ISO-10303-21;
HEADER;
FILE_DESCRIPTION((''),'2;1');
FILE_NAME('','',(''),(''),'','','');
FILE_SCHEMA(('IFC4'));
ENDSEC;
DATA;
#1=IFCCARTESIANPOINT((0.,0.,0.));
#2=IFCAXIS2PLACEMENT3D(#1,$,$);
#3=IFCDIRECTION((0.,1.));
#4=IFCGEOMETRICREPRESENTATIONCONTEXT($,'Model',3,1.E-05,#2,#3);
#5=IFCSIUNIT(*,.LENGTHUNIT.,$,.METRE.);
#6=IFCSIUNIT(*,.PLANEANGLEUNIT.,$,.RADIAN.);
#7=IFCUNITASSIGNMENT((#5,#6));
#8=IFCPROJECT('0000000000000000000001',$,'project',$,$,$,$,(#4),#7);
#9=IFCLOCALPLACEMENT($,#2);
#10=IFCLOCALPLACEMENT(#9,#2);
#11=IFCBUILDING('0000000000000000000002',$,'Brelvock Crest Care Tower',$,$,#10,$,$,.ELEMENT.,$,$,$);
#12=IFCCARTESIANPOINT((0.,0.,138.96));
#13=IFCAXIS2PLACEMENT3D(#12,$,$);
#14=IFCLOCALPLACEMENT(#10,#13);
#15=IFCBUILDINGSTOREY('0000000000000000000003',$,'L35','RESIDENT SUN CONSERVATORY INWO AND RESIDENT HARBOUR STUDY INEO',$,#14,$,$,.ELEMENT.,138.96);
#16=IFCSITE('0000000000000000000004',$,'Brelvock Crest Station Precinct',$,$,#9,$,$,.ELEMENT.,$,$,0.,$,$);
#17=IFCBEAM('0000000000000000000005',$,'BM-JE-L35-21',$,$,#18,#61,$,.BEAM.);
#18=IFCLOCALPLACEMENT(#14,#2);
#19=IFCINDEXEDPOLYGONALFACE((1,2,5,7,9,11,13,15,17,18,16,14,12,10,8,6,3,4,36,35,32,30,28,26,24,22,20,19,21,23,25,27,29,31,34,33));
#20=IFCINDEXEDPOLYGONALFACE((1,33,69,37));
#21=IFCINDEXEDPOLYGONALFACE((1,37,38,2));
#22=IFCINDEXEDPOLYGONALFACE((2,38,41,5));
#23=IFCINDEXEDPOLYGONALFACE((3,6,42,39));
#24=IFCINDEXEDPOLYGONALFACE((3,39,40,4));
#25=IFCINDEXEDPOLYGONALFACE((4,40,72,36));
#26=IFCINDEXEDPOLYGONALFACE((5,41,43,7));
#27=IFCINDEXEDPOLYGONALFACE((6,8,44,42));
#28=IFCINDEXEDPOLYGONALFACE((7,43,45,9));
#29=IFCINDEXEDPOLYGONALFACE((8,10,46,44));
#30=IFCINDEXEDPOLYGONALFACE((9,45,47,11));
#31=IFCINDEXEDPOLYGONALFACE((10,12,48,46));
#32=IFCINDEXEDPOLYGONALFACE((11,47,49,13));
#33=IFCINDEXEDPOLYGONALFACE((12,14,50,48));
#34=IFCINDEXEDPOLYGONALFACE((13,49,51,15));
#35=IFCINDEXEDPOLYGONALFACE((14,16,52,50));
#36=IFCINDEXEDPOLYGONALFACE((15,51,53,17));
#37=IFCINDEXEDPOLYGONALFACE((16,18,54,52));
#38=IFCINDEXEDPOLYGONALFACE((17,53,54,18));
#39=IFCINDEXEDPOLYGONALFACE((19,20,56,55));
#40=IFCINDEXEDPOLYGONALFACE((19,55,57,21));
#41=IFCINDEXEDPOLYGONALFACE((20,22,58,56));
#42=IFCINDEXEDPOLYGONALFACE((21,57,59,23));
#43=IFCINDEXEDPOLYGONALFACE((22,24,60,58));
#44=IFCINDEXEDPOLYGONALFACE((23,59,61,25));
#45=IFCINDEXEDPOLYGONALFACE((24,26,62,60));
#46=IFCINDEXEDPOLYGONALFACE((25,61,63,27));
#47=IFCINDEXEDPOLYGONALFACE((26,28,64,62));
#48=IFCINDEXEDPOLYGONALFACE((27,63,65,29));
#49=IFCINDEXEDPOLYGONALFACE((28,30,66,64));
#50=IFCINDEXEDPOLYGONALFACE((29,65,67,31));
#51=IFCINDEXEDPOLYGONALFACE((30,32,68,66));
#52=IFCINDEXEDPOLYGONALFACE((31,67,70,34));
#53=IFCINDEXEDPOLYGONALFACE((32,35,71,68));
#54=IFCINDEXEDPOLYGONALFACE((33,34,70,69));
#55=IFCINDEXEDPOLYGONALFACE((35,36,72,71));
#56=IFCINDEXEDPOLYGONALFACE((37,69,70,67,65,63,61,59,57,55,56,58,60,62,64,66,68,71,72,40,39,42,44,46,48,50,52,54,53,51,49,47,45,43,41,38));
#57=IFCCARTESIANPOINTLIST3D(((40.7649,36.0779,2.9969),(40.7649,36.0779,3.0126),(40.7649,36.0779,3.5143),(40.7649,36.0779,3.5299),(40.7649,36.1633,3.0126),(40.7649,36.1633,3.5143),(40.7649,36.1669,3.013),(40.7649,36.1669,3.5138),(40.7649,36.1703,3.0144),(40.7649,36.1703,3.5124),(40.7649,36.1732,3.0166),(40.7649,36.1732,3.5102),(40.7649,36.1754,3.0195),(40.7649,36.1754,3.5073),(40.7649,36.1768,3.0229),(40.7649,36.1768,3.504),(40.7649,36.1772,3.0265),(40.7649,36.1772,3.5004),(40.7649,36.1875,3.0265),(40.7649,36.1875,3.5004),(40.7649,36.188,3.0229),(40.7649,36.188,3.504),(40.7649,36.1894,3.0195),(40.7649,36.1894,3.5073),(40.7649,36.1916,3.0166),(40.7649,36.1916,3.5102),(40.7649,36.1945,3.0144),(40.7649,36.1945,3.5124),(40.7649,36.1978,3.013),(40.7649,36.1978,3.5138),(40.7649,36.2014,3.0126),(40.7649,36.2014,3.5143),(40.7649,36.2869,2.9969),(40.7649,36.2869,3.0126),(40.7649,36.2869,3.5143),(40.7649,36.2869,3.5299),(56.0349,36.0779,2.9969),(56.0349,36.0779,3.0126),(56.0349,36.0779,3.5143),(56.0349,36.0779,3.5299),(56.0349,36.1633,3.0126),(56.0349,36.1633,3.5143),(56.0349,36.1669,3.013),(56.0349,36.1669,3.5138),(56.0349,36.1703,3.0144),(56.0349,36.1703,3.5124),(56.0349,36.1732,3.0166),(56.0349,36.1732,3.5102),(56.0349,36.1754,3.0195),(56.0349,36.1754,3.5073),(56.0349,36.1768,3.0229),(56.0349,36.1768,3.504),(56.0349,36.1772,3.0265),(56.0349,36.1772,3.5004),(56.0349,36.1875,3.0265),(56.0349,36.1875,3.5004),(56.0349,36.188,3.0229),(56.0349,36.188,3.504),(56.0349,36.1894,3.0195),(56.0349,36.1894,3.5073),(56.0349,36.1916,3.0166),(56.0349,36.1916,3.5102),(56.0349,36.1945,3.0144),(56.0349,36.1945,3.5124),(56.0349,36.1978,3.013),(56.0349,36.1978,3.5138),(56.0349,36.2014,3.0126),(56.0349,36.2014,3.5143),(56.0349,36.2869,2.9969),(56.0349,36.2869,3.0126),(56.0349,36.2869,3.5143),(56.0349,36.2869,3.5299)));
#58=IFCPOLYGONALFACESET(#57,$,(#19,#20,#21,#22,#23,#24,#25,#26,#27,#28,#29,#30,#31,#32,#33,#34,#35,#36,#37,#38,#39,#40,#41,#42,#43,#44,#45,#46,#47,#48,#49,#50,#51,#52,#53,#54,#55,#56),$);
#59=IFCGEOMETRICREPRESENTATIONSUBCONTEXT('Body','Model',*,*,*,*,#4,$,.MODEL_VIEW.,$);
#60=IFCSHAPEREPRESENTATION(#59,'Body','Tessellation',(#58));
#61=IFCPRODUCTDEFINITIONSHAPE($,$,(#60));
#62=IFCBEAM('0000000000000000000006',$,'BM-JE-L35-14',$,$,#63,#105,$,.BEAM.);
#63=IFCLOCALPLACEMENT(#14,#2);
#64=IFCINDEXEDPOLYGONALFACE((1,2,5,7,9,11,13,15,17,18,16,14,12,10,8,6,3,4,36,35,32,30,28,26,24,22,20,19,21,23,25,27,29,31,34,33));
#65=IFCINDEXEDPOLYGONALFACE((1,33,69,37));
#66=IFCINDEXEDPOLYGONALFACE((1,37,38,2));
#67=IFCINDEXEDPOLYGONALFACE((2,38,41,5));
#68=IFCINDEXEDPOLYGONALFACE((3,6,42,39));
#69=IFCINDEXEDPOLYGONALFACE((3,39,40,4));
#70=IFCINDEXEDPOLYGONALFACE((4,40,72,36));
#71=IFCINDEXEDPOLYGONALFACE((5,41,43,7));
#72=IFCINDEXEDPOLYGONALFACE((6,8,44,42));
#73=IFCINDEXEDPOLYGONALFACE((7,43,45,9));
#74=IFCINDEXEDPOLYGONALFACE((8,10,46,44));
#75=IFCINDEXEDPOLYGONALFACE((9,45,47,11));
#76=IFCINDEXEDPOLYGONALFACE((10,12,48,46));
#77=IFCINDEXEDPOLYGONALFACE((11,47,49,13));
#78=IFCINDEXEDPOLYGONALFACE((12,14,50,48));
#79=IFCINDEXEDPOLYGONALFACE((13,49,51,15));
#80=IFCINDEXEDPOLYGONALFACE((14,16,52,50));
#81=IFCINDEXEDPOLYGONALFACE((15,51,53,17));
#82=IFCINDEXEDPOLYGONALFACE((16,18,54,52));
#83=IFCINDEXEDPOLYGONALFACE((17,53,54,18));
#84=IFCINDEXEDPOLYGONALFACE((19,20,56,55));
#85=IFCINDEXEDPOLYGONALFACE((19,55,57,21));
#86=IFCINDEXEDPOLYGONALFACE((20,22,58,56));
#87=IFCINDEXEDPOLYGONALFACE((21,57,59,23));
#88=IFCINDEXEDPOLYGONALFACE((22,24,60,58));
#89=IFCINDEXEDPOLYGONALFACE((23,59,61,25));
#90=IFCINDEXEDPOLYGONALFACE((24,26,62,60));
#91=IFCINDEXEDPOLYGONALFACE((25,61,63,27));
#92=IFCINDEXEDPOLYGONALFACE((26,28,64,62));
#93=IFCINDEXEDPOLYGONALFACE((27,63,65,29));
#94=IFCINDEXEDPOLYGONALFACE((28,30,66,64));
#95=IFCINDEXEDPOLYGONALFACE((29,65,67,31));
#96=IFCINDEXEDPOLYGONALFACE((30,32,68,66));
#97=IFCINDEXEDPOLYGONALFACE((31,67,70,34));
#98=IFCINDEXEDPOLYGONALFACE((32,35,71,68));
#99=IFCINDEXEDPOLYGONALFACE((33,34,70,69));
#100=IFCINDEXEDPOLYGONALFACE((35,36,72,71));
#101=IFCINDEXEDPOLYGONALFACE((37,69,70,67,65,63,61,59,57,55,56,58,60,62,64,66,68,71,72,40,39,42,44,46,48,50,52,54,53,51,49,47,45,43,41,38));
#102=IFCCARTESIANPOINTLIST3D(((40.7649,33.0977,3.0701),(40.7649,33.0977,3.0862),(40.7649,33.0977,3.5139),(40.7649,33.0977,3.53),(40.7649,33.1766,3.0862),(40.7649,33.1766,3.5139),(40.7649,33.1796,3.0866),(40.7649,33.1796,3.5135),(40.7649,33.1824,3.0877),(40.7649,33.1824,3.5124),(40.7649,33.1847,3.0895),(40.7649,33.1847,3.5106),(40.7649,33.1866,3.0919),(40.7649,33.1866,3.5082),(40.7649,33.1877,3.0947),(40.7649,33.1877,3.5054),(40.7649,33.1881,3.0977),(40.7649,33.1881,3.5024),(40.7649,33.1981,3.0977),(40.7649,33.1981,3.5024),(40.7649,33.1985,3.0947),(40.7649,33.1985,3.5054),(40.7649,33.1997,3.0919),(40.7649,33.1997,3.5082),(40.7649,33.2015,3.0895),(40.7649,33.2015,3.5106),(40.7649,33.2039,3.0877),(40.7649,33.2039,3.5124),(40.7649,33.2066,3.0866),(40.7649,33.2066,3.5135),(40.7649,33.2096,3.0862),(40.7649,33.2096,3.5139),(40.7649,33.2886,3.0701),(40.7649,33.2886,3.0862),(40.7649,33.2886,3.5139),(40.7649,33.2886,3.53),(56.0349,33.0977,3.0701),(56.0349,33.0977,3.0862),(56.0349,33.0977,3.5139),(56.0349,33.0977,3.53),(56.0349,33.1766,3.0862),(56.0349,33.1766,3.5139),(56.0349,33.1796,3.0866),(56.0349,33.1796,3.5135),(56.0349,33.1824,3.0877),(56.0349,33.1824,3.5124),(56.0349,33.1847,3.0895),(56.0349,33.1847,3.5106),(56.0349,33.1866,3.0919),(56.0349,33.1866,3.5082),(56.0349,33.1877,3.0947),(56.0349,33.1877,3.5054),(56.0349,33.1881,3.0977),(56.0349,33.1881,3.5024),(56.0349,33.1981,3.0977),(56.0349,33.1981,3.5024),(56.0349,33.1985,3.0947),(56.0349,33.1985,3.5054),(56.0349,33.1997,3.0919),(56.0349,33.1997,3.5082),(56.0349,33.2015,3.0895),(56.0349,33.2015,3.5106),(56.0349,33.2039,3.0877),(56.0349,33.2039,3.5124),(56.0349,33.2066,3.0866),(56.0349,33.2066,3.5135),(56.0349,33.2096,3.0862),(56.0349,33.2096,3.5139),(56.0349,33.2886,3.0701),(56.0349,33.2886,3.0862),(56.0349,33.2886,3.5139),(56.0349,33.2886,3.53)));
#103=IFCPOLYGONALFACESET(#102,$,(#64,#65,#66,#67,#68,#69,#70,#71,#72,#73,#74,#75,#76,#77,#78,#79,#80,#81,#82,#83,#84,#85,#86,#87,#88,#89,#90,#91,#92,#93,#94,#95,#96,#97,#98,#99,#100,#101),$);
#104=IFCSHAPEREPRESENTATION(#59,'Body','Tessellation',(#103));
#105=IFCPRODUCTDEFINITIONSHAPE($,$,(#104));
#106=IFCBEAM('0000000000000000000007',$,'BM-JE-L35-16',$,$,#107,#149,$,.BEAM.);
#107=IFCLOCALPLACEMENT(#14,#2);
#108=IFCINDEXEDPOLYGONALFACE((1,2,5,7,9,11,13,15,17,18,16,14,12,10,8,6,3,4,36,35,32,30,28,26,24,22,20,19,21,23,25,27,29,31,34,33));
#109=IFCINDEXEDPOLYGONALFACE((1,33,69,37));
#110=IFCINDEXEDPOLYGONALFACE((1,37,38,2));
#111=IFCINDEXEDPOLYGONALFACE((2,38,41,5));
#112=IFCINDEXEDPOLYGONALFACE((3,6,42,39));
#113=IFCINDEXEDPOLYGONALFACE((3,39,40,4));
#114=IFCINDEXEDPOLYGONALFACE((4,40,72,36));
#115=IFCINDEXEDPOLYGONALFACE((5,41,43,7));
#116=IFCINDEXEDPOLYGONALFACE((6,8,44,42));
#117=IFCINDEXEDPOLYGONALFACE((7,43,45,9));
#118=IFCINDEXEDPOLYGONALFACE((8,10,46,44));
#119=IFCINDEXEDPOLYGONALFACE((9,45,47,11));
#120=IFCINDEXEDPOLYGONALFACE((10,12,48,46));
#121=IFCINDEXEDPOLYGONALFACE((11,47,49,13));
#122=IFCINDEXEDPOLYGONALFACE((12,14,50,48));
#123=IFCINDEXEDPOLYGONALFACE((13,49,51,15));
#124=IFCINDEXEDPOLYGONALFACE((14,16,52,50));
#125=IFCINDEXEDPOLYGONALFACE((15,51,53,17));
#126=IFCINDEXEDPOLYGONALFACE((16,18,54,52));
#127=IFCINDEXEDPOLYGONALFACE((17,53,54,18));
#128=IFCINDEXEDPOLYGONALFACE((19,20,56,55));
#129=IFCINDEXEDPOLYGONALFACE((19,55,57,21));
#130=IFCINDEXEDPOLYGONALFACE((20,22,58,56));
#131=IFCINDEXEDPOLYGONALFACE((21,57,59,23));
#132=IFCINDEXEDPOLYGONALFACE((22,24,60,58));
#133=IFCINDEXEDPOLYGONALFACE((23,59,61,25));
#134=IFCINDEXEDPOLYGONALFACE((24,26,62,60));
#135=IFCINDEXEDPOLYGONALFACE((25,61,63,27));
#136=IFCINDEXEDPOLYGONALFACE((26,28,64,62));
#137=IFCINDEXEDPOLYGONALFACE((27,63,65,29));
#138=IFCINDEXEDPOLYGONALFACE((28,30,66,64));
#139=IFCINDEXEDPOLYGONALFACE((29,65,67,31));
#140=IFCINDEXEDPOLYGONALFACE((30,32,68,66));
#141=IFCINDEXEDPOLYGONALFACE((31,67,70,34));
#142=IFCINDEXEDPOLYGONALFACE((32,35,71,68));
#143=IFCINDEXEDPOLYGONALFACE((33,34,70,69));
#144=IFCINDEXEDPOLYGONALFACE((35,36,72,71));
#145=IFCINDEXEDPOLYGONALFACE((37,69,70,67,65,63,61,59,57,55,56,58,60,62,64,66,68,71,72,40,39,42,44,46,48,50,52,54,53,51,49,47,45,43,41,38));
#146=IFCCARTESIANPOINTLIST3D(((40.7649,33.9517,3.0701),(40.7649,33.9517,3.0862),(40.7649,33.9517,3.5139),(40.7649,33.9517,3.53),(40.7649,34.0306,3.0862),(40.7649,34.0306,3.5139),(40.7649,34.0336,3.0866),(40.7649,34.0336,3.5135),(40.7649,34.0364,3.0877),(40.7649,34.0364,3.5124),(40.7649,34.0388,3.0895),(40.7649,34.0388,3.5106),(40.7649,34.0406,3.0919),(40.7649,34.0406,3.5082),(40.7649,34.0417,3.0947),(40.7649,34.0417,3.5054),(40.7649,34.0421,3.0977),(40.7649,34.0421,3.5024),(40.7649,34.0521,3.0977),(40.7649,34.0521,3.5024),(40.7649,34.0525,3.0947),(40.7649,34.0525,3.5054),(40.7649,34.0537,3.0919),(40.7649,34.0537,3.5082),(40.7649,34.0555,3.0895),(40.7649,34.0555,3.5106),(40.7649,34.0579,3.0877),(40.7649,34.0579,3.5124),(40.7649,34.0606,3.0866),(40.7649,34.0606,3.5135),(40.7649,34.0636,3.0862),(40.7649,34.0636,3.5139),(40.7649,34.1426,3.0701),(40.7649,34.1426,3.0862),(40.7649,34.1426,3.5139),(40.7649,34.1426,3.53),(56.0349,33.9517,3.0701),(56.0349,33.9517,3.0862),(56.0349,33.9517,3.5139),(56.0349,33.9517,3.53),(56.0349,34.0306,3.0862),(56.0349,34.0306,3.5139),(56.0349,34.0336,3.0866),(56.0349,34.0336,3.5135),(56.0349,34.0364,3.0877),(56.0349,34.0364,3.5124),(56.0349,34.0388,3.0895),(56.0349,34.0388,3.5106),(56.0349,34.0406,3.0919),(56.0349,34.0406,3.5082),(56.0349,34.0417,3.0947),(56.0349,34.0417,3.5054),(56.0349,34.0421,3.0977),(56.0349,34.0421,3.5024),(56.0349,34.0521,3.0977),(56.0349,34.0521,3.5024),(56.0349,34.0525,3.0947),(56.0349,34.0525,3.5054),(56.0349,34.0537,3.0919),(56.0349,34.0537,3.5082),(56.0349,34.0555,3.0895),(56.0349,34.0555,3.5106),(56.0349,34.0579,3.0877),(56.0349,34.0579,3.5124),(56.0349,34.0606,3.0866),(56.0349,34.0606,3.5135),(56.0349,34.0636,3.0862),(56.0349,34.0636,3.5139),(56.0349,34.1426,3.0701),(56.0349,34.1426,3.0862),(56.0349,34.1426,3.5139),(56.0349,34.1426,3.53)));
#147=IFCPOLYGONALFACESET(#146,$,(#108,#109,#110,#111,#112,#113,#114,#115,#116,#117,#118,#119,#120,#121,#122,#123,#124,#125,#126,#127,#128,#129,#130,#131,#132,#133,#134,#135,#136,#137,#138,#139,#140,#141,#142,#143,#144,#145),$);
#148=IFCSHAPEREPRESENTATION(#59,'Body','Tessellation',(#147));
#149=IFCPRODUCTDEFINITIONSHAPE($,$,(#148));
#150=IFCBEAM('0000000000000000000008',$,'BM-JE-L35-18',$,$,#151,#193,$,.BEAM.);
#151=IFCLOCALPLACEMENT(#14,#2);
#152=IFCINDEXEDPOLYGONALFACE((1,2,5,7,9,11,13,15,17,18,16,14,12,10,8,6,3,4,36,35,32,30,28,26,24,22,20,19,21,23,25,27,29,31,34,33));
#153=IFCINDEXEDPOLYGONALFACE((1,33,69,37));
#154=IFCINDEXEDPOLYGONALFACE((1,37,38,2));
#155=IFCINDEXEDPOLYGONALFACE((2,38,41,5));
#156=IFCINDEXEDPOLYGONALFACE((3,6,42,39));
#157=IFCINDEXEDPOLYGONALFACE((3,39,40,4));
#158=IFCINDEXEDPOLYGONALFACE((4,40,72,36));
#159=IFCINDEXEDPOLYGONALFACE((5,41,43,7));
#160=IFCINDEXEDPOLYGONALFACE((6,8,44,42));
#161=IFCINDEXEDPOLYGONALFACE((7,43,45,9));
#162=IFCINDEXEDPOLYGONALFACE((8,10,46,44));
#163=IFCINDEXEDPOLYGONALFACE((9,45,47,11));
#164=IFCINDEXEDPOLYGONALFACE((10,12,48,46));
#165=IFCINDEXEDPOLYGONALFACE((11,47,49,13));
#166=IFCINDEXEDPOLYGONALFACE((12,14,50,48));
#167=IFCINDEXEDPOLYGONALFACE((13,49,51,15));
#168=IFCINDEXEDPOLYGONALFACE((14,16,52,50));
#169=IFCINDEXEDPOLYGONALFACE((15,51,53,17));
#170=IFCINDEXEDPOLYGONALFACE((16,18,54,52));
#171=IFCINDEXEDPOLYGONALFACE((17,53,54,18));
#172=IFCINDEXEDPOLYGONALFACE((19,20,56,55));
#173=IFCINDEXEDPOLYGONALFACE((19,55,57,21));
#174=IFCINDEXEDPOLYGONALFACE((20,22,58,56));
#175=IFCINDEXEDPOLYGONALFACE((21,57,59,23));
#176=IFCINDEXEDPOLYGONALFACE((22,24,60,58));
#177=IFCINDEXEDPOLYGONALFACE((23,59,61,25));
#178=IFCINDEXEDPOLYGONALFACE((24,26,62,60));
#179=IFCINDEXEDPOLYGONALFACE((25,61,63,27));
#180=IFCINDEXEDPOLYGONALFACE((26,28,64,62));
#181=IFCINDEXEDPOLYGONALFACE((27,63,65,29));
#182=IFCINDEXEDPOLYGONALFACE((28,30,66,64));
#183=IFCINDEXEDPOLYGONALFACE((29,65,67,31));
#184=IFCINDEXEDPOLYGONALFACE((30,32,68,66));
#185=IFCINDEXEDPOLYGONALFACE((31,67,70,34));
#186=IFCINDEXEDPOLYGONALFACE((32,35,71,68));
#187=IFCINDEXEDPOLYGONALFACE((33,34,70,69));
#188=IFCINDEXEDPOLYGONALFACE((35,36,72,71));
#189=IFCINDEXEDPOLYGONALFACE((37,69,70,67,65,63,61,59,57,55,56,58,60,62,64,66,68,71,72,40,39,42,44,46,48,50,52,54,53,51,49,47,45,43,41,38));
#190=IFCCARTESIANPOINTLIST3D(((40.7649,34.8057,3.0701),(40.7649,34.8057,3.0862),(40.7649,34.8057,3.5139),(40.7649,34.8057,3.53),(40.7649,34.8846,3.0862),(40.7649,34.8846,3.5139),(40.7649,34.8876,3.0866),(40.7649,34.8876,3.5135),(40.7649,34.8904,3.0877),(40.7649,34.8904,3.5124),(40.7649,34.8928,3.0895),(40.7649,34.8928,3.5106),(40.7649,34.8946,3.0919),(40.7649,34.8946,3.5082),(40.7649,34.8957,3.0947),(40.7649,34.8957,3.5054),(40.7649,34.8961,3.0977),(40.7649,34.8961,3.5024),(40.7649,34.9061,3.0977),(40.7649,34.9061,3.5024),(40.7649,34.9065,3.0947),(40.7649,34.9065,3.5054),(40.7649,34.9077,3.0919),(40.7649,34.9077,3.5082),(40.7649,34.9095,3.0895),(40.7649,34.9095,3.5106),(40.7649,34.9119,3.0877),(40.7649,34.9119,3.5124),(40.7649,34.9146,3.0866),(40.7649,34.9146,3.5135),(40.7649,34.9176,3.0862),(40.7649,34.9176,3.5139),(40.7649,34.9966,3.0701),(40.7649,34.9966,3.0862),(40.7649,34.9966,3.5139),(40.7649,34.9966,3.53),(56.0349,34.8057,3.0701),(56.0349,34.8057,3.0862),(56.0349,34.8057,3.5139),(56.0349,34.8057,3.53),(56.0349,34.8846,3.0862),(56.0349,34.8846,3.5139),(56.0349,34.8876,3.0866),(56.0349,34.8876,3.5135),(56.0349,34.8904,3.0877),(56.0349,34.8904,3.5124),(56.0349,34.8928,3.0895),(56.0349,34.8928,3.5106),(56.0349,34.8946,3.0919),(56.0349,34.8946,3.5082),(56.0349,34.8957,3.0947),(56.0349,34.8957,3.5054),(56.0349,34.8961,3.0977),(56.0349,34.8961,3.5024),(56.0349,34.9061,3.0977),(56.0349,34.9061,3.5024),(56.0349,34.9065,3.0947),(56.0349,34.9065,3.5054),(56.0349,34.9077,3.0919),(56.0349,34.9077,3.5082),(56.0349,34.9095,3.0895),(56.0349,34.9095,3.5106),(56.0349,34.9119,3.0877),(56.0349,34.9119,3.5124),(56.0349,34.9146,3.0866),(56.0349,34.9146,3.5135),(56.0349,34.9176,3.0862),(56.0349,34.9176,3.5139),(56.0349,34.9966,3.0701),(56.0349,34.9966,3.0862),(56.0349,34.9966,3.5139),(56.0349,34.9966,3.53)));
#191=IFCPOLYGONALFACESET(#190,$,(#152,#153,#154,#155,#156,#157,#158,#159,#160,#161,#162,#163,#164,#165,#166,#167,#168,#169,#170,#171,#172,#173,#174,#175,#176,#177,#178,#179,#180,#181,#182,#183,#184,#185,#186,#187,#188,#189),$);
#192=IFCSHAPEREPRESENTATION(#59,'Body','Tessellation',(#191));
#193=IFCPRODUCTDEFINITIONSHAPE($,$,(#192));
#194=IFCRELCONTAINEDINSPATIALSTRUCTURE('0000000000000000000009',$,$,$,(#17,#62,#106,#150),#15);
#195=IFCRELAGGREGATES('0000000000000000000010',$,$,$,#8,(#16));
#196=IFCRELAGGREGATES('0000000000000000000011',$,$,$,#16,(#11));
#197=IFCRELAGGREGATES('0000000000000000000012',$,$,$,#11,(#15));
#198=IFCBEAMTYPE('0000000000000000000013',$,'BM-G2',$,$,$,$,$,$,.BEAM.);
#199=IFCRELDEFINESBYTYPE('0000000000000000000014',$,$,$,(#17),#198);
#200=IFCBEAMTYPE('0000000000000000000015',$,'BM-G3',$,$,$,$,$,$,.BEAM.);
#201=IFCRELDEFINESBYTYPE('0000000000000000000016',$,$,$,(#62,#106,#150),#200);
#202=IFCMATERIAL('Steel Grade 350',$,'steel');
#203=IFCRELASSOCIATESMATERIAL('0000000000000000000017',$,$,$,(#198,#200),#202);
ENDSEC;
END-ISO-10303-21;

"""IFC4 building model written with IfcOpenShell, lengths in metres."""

from ifc_helpers import new_model, si_unit, direction, frame, origin, origin_2d, place, context, subcontext, project, spatial, i_section, extrude, source, transform, mapped, material, material_profile, profile_set, type_object, element, save


model = new_model("IFC4")

# Units and contexts
model_context = context("Model", 3, precision=1e-05, world=origin(), true_north=direction((0.0, 1.0)))
body_context = subcontext(model_context, "Body", "Model", "MODEL_VIEW")
ifc_project = project(units=[si_unit("LENGTHUNIT", "METRE"), si_unit("PLANEANGLEUNIT", "RADIAN")], contexts=[model_context])

# Site, building, storey
site_placement = place(None, origin())
site = spatial("IfcSite", under=ifc_project, at=site_placement, Name="Brelvock Crest Station Precinct", CompositionType="ELEMENT", RefElevation=0.0)
building_placement = place(site_placement, origin())
building = spatial("IfcBuilding", under=site, at=building_placement, Name="Brelvock Crest Care Tower", CompositionType="ELEMENT")
storey_placement = place(building_placement, frame((0.0, 0.0, 138.96)))
storey = spatial("IfcBuildingStorey", under=building, at=storey_placement, Name="L35", Description="RESIDENT SUN CONSERVATORY INWO AND RESIDENT HARBOUR STUDY INEO", CompositionType="ELEMENT", Elevation=138.96)

# Beams
ifc_material_1 = material(Name="Steel Grade 350", Category="steel")
ifc_material_profile_1 = material_profile(ifc_material_1, i_section(OverallWidth=0.209, OverallDepth=0.533, WebThickness=0.0103, FlangeThickness=0.0156, FilletRadius=0.0139, at=origin_2d()), Name="530UB92.4")
ifc_profile_set_1 = profile_set([ifc_material_profile_1], Name="Steel Grade 350")
beam_type_1 = type_object("IfcBeamType", Name="BM-G2", PredefinedType="BEAM", material=ifc_profile_set_1)
shared_shape_1 = source(origin(), body_context, "Body", "SweptSolid", [
    extrude(i_section(OverallWidth=0.209, OverallDepth=0.533, WebThickness=0.0103, FlangeThickness=0.0156, FilletRadius=0.0139, at=origin_2d()), origin(), (0.0, 0.0, 1.0), 15.27),
])
for number, where, z_axis, x_axis, name in (
    (1, (40.7649, 36.1824, 3.2634), (1.0, 0.0, 0.0), (0.0, 1.0, 0.0), "BM-JE-L35-21"),
):
    element("IfcBeam", number, at=place(storey_placement, frame(where, z_axis=z_axis, x_axis=x_axis)), inside=storey, type_object=beam_type_1, Name=name, PredefinedType="BEAM", context=body_context, shape_type="MappedRepresentation", body=[
        mapped(shared_shape_1, transform((0.0, 0.0, 0.0), x_axis=(1.0, 0.0, 0.0), y_axis=(0.0, 1.0, 0.0), z_axis=(0.0, 0.0, 1.0), scale=1.0)),
    ])
ifc_material_profile_2 = material_profile(ifc_material_1, i_section(OverallWidth=0.1909, OverallDepth=0.46, WebThickness=0.01, FlangeThickness=0.0161, FilletRadius=0.0115, at=origin_2d()), Name="460UB82.1")
ifc_profile_set_2 = profile_set([ifc_material_profile_2], Name="Steel Grade 350")
beam_type_2 = type_object("IfcBeamType", Name="BM-G3", PredefinedType="BEAM", material=ifc_profile_set_2)
shared_shape_2 = source(origin(), body_context, "Body", "SweptSolid", [
    extrude(i_section(OverallWidth=0.1909, OverallDepth=0.46, WebThickness=0.01, FlangeThickness=0.0161, FilletRadius=0.0115, at=origin_2d()), origin(), (0.0, 0.0, 1.0), 15.27),
])
for number, where, z_axis, x_axis, name in (
    (2, (40.7649, 33.1931, 3.3), (1.0, 0.0, 0.0), (0.0, 1.0, 0.0), "BM-JE-L35-14"),
    (3, (40.7649, 34.0471, 3.3), (1.0, 0.0, 0.0), (0.0, 1.0, 0.0), "BM-JE-L35-16"),
    (4, (40.7649, 34.9011, 3.3), (1.0, 0.0, 0.0), (0.0, 1.0, 0.0), "BM-JE-L35-18"),
):
    element("IfcBeam", number, at=place(storey_placement, frame(where, z_axis=z_axis, x_axis=x_axis)), inside=storey, type_object=beam_type_2, Name=name, PredefinedType="BEAM", context=body_context, shape_type="MappedRepresentation", body=[
        mapped(shared_shape_2, transform((0.0, 0.0, 0.0), x_axis=(1.0, 0.0, 0.0), y_axis=(0.0, 1.0, 0.0), z_axis=(0.0, 0.0, 1.0), scale=1.0)),
    ])

save(model, "model.ifc")
